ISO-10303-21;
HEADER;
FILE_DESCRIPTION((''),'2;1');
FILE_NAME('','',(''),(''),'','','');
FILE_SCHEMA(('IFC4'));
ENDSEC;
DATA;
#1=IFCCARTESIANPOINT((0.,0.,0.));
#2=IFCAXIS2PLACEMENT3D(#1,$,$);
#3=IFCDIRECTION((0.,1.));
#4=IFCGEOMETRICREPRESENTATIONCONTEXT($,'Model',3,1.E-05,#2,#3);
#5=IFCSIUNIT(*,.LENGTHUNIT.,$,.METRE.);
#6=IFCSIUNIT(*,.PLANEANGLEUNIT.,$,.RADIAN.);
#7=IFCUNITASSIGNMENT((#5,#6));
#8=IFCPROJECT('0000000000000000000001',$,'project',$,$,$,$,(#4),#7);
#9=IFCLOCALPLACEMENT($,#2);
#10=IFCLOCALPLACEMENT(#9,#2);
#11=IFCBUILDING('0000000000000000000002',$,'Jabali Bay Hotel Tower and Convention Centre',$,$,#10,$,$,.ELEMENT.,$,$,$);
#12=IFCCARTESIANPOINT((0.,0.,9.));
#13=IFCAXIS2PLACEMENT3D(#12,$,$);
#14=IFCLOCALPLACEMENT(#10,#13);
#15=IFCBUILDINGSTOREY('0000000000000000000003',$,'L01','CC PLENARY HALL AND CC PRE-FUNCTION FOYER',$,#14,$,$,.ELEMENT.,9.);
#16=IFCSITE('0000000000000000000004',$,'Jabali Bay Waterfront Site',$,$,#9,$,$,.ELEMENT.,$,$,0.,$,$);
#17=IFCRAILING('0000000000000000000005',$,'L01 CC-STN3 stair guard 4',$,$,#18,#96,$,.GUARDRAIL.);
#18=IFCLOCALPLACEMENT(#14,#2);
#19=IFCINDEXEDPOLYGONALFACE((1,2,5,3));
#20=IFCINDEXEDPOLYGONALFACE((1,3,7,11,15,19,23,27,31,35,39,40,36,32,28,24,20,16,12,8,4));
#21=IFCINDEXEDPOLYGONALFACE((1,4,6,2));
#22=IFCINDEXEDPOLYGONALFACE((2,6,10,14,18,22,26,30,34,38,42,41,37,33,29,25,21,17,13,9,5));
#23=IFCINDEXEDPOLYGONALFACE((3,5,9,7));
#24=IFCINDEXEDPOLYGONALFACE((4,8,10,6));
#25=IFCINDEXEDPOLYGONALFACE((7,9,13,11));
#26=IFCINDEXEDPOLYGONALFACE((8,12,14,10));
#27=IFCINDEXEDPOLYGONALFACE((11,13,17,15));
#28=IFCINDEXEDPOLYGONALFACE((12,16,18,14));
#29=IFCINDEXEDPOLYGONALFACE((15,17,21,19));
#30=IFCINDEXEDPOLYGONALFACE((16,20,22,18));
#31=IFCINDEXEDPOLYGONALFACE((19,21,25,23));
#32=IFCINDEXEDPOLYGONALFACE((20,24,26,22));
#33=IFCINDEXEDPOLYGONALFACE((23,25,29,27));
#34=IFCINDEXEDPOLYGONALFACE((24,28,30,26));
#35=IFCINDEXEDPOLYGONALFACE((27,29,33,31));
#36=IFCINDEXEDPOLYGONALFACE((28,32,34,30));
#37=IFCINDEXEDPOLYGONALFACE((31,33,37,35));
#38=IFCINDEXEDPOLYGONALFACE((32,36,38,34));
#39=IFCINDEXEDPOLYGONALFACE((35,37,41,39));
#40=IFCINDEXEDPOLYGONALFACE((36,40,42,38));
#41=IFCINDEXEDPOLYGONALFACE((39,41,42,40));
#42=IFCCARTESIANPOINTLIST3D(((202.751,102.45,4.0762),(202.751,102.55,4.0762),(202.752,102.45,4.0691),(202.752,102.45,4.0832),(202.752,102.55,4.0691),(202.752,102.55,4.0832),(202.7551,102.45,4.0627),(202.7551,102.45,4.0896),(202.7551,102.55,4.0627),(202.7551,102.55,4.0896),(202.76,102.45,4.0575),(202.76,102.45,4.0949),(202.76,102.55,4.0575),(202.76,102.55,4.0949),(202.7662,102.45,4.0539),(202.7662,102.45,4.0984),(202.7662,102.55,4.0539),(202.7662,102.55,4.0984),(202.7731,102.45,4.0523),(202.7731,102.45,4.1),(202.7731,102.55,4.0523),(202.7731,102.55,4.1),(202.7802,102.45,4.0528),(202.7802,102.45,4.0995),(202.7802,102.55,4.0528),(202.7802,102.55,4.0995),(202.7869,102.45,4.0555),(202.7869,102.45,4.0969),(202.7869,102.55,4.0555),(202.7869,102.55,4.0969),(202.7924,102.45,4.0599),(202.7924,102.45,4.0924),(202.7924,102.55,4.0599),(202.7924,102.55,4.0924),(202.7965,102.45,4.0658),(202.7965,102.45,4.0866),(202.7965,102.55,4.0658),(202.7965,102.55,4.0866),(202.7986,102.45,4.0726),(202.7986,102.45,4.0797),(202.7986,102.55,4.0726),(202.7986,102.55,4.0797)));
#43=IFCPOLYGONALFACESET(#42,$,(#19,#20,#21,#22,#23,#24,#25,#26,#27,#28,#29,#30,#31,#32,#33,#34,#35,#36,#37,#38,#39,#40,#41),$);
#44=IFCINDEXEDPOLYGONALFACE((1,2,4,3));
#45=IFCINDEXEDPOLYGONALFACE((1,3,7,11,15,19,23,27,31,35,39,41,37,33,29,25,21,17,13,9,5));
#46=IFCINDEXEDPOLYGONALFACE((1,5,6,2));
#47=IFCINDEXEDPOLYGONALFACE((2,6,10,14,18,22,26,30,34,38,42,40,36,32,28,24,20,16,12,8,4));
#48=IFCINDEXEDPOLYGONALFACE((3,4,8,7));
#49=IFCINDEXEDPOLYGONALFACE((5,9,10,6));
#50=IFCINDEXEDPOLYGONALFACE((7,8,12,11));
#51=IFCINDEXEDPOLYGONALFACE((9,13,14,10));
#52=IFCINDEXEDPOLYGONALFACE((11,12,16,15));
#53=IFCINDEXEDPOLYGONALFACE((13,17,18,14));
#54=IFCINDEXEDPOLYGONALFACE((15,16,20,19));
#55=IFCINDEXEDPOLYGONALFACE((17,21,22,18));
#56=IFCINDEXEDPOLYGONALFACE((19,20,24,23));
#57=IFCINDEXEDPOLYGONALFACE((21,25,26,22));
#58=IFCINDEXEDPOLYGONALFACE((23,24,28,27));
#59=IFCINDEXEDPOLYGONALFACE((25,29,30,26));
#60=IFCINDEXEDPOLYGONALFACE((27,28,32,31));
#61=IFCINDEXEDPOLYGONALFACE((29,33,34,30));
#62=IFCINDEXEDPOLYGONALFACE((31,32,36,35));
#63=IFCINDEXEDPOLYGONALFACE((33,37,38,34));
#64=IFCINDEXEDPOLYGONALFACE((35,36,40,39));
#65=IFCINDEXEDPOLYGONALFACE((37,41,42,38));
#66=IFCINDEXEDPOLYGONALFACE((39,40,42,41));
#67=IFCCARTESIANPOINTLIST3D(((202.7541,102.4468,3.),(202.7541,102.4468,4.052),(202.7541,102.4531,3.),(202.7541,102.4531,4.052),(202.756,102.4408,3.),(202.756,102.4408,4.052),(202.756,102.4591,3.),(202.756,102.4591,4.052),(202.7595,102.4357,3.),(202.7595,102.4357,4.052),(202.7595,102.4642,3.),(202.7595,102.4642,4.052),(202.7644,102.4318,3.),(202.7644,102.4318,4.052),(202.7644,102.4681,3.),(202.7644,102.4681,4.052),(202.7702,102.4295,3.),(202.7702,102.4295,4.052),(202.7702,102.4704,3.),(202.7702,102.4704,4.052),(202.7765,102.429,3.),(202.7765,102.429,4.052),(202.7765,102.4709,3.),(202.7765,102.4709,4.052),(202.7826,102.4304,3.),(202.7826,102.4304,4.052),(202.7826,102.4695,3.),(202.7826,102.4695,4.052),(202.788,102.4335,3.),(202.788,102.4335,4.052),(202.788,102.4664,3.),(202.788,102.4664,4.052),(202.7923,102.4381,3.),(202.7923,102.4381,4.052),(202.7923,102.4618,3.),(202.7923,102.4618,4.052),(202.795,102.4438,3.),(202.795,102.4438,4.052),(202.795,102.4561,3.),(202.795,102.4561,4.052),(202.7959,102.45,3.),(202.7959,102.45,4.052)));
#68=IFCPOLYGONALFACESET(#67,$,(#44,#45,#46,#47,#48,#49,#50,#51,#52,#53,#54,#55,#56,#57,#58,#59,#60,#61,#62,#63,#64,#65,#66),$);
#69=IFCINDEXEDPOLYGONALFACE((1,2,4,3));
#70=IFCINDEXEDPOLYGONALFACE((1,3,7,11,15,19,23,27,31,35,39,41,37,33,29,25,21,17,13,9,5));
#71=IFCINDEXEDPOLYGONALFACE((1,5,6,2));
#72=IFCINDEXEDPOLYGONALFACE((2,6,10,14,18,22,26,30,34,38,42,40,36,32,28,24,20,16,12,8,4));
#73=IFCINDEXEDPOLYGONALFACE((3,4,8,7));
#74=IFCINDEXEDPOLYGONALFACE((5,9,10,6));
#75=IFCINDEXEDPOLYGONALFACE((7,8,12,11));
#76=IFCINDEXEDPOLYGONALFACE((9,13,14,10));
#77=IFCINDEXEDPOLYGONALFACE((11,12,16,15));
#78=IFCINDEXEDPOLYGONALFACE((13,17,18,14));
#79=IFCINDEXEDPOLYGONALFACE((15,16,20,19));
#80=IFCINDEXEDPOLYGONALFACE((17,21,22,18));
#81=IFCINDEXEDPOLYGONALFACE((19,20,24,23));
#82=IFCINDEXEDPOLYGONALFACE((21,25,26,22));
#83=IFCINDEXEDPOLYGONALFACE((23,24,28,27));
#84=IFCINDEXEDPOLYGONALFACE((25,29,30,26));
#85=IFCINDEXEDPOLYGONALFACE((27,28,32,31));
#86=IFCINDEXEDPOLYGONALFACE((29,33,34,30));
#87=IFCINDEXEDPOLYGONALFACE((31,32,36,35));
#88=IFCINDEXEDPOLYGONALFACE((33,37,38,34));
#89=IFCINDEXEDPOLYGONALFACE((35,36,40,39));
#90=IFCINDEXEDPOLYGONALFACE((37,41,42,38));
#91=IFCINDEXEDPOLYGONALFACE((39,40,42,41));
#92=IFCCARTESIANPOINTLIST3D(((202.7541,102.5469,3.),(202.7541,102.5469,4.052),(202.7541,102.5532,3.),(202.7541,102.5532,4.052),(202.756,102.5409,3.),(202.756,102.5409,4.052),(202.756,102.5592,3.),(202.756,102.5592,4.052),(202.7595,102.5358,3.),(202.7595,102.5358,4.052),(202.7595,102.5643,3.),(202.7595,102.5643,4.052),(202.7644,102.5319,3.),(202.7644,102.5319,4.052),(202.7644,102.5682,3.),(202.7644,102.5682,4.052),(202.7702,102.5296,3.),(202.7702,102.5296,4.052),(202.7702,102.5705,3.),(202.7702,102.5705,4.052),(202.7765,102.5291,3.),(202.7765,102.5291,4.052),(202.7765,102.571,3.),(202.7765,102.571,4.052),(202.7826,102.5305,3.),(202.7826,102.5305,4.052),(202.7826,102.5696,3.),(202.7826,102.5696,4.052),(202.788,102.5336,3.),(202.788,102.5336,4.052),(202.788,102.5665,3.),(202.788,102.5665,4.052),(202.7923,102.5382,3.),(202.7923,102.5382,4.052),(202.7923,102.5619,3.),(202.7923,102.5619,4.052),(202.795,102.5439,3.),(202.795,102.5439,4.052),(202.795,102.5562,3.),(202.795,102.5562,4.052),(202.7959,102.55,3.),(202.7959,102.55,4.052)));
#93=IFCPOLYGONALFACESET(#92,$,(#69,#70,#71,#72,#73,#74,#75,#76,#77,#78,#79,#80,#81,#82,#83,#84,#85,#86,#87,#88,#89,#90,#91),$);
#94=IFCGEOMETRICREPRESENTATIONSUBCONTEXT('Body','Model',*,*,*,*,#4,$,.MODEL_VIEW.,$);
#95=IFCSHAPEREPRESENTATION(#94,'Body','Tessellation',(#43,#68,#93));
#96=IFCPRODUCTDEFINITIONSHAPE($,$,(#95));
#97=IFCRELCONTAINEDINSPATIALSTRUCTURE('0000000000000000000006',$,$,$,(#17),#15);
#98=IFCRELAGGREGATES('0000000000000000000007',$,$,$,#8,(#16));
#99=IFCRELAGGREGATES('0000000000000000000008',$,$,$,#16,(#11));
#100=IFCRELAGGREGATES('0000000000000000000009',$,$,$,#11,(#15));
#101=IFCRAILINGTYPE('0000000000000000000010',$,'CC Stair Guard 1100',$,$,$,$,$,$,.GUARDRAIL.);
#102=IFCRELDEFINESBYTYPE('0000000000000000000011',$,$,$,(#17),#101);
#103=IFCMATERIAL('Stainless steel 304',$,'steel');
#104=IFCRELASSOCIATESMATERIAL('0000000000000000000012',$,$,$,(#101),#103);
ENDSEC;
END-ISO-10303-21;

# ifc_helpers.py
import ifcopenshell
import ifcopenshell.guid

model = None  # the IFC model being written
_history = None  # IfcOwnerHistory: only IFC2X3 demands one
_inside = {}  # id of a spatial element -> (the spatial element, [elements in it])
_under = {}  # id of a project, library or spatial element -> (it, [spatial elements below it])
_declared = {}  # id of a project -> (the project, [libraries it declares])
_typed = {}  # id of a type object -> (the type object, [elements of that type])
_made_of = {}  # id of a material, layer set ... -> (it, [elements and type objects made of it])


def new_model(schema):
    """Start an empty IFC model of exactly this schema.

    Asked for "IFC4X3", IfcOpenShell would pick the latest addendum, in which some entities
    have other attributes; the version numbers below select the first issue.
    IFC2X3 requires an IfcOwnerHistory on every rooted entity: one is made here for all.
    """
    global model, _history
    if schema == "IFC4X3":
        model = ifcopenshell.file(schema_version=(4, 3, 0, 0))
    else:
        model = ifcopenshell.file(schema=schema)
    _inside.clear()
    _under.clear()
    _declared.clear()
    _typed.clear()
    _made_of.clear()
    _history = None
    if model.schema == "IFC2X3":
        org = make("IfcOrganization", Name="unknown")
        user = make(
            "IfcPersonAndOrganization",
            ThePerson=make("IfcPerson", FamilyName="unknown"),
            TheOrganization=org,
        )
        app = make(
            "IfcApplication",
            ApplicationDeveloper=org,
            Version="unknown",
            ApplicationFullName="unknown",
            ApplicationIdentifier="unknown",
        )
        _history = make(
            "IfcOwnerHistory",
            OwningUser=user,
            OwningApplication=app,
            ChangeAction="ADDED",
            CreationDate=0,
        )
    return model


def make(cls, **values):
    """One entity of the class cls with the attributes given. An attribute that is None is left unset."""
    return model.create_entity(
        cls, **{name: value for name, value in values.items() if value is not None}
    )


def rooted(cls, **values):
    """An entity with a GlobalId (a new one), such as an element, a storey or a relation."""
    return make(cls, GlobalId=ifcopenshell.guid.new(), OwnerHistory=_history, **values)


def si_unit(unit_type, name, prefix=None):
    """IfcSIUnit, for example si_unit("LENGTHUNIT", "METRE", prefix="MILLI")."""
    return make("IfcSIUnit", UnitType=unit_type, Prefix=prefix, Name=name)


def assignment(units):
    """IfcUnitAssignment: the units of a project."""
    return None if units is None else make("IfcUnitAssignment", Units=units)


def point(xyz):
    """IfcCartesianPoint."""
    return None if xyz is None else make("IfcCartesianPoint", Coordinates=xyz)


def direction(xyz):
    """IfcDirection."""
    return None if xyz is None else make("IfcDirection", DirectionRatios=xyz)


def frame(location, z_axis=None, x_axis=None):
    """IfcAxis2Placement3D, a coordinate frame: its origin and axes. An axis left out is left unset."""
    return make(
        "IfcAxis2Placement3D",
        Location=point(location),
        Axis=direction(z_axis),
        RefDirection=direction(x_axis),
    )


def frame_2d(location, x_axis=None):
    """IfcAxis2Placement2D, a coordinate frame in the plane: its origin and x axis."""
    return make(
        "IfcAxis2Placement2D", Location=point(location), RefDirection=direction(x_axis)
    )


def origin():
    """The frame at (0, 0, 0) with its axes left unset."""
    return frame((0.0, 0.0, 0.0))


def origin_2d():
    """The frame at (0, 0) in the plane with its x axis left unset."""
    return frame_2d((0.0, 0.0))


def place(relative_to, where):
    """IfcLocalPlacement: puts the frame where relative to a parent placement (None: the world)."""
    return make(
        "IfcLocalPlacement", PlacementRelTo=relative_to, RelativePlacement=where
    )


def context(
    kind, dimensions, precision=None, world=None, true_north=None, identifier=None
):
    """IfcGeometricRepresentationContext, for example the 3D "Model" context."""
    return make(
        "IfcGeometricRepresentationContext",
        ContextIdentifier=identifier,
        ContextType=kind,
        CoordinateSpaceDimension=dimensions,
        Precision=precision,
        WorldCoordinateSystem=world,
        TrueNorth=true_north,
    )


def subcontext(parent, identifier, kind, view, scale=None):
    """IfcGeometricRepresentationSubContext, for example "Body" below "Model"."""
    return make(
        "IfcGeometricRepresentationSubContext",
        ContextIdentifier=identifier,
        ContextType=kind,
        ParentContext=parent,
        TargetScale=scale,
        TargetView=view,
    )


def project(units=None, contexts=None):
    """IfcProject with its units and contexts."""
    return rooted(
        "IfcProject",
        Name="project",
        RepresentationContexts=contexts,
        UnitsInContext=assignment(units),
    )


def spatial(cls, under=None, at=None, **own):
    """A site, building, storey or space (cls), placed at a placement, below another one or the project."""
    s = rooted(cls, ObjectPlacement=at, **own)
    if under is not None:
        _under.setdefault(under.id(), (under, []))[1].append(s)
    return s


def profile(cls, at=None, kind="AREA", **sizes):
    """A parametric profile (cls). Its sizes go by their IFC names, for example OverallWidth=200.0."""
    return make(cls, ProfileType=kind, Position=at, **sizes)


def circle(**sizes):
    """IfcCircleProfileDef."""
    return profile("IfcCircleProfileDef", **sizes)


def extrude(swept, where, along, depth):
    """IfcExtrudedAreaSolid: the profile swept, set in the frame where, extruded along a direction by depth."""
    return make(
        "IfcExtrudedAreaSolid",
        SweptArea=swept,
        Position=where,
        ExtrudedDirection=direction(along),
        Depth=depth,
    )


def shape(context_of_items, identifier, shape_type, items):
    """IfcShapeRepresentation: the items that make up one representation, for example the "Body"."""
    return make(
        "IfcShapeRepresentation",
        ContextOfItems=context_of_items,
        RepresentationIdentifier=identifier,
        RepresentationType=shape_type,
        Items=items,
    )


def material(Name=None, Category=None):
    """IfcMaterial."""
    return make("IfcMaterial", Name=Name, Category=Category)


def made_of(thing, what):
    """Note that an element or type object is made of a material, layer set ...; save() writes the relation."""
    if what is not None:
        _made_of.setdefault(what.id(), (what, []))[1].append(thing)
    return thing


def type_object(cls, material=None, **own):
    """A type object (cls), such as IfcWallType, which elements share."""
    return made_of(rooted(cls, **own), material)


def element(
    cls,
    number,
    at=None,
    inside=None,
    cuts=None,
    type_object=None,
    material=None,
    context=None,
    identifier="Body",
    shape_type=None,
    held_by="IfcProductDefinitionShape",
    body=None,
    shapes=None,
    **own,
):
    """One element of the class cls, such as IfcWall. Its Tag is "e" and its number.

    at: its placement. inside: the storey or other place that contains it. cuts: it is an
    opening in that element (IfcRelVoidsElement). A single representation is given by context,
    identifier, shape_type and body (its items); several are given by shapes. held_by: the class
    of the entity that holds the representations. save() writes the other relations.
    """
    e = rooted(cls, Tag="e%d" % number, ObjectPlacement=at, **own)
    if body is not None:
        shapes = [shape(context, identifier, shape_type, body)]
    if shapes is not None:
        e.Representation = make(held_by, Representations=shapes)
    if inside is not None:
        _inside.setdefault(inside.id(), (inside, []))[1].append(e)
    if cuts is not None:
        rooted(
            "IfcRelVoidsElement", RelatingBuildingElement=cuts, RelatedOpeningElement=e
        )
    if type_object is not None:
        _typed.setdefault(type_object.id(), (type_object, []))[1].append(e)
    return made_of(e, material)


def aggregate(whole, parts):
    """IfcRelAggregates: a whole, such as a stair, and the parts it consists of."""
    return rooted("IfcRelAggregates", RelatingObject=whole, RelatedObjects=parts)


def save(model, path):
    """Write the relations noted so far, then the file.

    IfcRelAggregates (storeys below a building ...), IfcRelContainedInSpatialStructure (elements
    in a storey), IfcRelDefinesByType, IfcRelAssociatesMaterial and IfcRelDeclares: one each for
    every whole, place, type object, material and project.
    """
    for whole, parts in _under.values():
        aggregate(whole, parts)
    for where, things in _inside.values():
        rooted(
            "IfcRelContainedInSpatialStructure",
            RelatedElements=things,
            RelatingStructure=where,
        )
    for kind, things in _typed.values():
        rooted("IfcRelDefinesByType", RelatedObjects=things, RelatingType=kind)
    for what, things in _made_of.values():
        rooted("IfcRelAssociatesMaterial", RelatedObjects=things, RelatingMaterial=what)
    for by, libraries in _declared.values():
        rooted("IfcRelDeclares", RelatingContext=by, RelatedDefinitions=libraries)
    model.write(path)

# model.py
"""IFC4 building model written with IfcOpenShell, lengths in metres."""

from ifc_helpers import new_model, si_unit, direction, frame, origin, origin_2d, place, context, subcontext, project, spatial, circle, extrude, material, type_object, element, save


model = new_model("IFC4")

# Units and contexts
model_context = context("Model", 3, precision=1e-05, world=origin(), true_north=direction((0.0, 1.0)))
body_context = subcontext(model_context, "Body", "Model", "MODEL_VIEW")
ifc_project = project(units=[si_unit("LENGTHUNIT", "METRE"), si_unit("PLANEANGLEUNIT", "RADIAN")], contexts=[model_context])

# Site, building, storey
site_placement = place(None, origin())
site = spatial("IfcSite", under=ifc_project, at=site_placement, Name="Jabali Bay Waterfront Site", CompositionType="ELEMENT", RefElevation=0.0)
building_placement = place(site_placement, origin())
building = spatial("IfcBuilding", under=site, at=building_placement, Name="Jabali Bay Hotel Tower and Convention Centre", CompositionType="ELEMENT")
storey_placement = place(building_placement, frame((0.0, 0.0, 9.0)))
storey = spatial("IfcBuildingStorey", under=building, at=storey_placement, Name="L01", Description="CC PLENARY HALL AND CC PRE-FUNCTION FOYER", CompositionType="ELEMENT", Elevation=9.0)

# Railing
ifc_material_1 = material(Name="Stainless steel 304", Category="steel")
railing_type_1 = type_object("IfcRailingType", Name="CC Stair Guard 1100", PredefinedType="GUARDRAIL", material=ifc_material_1)
railing_1_placement = place(storey_placement, frame((202.7749, 102.45, 3.0)))
element("IfcRailing", 1, at=railing_1_placement, inside=storey, type_object=railing_type_1, Name="L01 CC-STN3 stair guard 4", PredefinedType="GUARDRAIL", context=body_context, shape_type="SweptSolid", body=[
    extrude(circle(Radius=0.0239, at=origin_2d()), frame((0.0, 0.0, 1.0762), z_axis=(0.0, 1.0, 0.0), x_axis=(-1.0, 0.0, 0.0)), (0.0, 0.0, 1.0), 0.1001),
    extrude(circle(Radius=0.021, at=origin_2d()), origin(), (0.0, 0.0, 1.0), 1.052),
    extrude(circle(Radius=0.021, at=origin_2d()), frame((0.0, 0.1001, 0.0)), (0.0, 0.0, 1.0), 1.052),
])

save(model, "model.ifc")
